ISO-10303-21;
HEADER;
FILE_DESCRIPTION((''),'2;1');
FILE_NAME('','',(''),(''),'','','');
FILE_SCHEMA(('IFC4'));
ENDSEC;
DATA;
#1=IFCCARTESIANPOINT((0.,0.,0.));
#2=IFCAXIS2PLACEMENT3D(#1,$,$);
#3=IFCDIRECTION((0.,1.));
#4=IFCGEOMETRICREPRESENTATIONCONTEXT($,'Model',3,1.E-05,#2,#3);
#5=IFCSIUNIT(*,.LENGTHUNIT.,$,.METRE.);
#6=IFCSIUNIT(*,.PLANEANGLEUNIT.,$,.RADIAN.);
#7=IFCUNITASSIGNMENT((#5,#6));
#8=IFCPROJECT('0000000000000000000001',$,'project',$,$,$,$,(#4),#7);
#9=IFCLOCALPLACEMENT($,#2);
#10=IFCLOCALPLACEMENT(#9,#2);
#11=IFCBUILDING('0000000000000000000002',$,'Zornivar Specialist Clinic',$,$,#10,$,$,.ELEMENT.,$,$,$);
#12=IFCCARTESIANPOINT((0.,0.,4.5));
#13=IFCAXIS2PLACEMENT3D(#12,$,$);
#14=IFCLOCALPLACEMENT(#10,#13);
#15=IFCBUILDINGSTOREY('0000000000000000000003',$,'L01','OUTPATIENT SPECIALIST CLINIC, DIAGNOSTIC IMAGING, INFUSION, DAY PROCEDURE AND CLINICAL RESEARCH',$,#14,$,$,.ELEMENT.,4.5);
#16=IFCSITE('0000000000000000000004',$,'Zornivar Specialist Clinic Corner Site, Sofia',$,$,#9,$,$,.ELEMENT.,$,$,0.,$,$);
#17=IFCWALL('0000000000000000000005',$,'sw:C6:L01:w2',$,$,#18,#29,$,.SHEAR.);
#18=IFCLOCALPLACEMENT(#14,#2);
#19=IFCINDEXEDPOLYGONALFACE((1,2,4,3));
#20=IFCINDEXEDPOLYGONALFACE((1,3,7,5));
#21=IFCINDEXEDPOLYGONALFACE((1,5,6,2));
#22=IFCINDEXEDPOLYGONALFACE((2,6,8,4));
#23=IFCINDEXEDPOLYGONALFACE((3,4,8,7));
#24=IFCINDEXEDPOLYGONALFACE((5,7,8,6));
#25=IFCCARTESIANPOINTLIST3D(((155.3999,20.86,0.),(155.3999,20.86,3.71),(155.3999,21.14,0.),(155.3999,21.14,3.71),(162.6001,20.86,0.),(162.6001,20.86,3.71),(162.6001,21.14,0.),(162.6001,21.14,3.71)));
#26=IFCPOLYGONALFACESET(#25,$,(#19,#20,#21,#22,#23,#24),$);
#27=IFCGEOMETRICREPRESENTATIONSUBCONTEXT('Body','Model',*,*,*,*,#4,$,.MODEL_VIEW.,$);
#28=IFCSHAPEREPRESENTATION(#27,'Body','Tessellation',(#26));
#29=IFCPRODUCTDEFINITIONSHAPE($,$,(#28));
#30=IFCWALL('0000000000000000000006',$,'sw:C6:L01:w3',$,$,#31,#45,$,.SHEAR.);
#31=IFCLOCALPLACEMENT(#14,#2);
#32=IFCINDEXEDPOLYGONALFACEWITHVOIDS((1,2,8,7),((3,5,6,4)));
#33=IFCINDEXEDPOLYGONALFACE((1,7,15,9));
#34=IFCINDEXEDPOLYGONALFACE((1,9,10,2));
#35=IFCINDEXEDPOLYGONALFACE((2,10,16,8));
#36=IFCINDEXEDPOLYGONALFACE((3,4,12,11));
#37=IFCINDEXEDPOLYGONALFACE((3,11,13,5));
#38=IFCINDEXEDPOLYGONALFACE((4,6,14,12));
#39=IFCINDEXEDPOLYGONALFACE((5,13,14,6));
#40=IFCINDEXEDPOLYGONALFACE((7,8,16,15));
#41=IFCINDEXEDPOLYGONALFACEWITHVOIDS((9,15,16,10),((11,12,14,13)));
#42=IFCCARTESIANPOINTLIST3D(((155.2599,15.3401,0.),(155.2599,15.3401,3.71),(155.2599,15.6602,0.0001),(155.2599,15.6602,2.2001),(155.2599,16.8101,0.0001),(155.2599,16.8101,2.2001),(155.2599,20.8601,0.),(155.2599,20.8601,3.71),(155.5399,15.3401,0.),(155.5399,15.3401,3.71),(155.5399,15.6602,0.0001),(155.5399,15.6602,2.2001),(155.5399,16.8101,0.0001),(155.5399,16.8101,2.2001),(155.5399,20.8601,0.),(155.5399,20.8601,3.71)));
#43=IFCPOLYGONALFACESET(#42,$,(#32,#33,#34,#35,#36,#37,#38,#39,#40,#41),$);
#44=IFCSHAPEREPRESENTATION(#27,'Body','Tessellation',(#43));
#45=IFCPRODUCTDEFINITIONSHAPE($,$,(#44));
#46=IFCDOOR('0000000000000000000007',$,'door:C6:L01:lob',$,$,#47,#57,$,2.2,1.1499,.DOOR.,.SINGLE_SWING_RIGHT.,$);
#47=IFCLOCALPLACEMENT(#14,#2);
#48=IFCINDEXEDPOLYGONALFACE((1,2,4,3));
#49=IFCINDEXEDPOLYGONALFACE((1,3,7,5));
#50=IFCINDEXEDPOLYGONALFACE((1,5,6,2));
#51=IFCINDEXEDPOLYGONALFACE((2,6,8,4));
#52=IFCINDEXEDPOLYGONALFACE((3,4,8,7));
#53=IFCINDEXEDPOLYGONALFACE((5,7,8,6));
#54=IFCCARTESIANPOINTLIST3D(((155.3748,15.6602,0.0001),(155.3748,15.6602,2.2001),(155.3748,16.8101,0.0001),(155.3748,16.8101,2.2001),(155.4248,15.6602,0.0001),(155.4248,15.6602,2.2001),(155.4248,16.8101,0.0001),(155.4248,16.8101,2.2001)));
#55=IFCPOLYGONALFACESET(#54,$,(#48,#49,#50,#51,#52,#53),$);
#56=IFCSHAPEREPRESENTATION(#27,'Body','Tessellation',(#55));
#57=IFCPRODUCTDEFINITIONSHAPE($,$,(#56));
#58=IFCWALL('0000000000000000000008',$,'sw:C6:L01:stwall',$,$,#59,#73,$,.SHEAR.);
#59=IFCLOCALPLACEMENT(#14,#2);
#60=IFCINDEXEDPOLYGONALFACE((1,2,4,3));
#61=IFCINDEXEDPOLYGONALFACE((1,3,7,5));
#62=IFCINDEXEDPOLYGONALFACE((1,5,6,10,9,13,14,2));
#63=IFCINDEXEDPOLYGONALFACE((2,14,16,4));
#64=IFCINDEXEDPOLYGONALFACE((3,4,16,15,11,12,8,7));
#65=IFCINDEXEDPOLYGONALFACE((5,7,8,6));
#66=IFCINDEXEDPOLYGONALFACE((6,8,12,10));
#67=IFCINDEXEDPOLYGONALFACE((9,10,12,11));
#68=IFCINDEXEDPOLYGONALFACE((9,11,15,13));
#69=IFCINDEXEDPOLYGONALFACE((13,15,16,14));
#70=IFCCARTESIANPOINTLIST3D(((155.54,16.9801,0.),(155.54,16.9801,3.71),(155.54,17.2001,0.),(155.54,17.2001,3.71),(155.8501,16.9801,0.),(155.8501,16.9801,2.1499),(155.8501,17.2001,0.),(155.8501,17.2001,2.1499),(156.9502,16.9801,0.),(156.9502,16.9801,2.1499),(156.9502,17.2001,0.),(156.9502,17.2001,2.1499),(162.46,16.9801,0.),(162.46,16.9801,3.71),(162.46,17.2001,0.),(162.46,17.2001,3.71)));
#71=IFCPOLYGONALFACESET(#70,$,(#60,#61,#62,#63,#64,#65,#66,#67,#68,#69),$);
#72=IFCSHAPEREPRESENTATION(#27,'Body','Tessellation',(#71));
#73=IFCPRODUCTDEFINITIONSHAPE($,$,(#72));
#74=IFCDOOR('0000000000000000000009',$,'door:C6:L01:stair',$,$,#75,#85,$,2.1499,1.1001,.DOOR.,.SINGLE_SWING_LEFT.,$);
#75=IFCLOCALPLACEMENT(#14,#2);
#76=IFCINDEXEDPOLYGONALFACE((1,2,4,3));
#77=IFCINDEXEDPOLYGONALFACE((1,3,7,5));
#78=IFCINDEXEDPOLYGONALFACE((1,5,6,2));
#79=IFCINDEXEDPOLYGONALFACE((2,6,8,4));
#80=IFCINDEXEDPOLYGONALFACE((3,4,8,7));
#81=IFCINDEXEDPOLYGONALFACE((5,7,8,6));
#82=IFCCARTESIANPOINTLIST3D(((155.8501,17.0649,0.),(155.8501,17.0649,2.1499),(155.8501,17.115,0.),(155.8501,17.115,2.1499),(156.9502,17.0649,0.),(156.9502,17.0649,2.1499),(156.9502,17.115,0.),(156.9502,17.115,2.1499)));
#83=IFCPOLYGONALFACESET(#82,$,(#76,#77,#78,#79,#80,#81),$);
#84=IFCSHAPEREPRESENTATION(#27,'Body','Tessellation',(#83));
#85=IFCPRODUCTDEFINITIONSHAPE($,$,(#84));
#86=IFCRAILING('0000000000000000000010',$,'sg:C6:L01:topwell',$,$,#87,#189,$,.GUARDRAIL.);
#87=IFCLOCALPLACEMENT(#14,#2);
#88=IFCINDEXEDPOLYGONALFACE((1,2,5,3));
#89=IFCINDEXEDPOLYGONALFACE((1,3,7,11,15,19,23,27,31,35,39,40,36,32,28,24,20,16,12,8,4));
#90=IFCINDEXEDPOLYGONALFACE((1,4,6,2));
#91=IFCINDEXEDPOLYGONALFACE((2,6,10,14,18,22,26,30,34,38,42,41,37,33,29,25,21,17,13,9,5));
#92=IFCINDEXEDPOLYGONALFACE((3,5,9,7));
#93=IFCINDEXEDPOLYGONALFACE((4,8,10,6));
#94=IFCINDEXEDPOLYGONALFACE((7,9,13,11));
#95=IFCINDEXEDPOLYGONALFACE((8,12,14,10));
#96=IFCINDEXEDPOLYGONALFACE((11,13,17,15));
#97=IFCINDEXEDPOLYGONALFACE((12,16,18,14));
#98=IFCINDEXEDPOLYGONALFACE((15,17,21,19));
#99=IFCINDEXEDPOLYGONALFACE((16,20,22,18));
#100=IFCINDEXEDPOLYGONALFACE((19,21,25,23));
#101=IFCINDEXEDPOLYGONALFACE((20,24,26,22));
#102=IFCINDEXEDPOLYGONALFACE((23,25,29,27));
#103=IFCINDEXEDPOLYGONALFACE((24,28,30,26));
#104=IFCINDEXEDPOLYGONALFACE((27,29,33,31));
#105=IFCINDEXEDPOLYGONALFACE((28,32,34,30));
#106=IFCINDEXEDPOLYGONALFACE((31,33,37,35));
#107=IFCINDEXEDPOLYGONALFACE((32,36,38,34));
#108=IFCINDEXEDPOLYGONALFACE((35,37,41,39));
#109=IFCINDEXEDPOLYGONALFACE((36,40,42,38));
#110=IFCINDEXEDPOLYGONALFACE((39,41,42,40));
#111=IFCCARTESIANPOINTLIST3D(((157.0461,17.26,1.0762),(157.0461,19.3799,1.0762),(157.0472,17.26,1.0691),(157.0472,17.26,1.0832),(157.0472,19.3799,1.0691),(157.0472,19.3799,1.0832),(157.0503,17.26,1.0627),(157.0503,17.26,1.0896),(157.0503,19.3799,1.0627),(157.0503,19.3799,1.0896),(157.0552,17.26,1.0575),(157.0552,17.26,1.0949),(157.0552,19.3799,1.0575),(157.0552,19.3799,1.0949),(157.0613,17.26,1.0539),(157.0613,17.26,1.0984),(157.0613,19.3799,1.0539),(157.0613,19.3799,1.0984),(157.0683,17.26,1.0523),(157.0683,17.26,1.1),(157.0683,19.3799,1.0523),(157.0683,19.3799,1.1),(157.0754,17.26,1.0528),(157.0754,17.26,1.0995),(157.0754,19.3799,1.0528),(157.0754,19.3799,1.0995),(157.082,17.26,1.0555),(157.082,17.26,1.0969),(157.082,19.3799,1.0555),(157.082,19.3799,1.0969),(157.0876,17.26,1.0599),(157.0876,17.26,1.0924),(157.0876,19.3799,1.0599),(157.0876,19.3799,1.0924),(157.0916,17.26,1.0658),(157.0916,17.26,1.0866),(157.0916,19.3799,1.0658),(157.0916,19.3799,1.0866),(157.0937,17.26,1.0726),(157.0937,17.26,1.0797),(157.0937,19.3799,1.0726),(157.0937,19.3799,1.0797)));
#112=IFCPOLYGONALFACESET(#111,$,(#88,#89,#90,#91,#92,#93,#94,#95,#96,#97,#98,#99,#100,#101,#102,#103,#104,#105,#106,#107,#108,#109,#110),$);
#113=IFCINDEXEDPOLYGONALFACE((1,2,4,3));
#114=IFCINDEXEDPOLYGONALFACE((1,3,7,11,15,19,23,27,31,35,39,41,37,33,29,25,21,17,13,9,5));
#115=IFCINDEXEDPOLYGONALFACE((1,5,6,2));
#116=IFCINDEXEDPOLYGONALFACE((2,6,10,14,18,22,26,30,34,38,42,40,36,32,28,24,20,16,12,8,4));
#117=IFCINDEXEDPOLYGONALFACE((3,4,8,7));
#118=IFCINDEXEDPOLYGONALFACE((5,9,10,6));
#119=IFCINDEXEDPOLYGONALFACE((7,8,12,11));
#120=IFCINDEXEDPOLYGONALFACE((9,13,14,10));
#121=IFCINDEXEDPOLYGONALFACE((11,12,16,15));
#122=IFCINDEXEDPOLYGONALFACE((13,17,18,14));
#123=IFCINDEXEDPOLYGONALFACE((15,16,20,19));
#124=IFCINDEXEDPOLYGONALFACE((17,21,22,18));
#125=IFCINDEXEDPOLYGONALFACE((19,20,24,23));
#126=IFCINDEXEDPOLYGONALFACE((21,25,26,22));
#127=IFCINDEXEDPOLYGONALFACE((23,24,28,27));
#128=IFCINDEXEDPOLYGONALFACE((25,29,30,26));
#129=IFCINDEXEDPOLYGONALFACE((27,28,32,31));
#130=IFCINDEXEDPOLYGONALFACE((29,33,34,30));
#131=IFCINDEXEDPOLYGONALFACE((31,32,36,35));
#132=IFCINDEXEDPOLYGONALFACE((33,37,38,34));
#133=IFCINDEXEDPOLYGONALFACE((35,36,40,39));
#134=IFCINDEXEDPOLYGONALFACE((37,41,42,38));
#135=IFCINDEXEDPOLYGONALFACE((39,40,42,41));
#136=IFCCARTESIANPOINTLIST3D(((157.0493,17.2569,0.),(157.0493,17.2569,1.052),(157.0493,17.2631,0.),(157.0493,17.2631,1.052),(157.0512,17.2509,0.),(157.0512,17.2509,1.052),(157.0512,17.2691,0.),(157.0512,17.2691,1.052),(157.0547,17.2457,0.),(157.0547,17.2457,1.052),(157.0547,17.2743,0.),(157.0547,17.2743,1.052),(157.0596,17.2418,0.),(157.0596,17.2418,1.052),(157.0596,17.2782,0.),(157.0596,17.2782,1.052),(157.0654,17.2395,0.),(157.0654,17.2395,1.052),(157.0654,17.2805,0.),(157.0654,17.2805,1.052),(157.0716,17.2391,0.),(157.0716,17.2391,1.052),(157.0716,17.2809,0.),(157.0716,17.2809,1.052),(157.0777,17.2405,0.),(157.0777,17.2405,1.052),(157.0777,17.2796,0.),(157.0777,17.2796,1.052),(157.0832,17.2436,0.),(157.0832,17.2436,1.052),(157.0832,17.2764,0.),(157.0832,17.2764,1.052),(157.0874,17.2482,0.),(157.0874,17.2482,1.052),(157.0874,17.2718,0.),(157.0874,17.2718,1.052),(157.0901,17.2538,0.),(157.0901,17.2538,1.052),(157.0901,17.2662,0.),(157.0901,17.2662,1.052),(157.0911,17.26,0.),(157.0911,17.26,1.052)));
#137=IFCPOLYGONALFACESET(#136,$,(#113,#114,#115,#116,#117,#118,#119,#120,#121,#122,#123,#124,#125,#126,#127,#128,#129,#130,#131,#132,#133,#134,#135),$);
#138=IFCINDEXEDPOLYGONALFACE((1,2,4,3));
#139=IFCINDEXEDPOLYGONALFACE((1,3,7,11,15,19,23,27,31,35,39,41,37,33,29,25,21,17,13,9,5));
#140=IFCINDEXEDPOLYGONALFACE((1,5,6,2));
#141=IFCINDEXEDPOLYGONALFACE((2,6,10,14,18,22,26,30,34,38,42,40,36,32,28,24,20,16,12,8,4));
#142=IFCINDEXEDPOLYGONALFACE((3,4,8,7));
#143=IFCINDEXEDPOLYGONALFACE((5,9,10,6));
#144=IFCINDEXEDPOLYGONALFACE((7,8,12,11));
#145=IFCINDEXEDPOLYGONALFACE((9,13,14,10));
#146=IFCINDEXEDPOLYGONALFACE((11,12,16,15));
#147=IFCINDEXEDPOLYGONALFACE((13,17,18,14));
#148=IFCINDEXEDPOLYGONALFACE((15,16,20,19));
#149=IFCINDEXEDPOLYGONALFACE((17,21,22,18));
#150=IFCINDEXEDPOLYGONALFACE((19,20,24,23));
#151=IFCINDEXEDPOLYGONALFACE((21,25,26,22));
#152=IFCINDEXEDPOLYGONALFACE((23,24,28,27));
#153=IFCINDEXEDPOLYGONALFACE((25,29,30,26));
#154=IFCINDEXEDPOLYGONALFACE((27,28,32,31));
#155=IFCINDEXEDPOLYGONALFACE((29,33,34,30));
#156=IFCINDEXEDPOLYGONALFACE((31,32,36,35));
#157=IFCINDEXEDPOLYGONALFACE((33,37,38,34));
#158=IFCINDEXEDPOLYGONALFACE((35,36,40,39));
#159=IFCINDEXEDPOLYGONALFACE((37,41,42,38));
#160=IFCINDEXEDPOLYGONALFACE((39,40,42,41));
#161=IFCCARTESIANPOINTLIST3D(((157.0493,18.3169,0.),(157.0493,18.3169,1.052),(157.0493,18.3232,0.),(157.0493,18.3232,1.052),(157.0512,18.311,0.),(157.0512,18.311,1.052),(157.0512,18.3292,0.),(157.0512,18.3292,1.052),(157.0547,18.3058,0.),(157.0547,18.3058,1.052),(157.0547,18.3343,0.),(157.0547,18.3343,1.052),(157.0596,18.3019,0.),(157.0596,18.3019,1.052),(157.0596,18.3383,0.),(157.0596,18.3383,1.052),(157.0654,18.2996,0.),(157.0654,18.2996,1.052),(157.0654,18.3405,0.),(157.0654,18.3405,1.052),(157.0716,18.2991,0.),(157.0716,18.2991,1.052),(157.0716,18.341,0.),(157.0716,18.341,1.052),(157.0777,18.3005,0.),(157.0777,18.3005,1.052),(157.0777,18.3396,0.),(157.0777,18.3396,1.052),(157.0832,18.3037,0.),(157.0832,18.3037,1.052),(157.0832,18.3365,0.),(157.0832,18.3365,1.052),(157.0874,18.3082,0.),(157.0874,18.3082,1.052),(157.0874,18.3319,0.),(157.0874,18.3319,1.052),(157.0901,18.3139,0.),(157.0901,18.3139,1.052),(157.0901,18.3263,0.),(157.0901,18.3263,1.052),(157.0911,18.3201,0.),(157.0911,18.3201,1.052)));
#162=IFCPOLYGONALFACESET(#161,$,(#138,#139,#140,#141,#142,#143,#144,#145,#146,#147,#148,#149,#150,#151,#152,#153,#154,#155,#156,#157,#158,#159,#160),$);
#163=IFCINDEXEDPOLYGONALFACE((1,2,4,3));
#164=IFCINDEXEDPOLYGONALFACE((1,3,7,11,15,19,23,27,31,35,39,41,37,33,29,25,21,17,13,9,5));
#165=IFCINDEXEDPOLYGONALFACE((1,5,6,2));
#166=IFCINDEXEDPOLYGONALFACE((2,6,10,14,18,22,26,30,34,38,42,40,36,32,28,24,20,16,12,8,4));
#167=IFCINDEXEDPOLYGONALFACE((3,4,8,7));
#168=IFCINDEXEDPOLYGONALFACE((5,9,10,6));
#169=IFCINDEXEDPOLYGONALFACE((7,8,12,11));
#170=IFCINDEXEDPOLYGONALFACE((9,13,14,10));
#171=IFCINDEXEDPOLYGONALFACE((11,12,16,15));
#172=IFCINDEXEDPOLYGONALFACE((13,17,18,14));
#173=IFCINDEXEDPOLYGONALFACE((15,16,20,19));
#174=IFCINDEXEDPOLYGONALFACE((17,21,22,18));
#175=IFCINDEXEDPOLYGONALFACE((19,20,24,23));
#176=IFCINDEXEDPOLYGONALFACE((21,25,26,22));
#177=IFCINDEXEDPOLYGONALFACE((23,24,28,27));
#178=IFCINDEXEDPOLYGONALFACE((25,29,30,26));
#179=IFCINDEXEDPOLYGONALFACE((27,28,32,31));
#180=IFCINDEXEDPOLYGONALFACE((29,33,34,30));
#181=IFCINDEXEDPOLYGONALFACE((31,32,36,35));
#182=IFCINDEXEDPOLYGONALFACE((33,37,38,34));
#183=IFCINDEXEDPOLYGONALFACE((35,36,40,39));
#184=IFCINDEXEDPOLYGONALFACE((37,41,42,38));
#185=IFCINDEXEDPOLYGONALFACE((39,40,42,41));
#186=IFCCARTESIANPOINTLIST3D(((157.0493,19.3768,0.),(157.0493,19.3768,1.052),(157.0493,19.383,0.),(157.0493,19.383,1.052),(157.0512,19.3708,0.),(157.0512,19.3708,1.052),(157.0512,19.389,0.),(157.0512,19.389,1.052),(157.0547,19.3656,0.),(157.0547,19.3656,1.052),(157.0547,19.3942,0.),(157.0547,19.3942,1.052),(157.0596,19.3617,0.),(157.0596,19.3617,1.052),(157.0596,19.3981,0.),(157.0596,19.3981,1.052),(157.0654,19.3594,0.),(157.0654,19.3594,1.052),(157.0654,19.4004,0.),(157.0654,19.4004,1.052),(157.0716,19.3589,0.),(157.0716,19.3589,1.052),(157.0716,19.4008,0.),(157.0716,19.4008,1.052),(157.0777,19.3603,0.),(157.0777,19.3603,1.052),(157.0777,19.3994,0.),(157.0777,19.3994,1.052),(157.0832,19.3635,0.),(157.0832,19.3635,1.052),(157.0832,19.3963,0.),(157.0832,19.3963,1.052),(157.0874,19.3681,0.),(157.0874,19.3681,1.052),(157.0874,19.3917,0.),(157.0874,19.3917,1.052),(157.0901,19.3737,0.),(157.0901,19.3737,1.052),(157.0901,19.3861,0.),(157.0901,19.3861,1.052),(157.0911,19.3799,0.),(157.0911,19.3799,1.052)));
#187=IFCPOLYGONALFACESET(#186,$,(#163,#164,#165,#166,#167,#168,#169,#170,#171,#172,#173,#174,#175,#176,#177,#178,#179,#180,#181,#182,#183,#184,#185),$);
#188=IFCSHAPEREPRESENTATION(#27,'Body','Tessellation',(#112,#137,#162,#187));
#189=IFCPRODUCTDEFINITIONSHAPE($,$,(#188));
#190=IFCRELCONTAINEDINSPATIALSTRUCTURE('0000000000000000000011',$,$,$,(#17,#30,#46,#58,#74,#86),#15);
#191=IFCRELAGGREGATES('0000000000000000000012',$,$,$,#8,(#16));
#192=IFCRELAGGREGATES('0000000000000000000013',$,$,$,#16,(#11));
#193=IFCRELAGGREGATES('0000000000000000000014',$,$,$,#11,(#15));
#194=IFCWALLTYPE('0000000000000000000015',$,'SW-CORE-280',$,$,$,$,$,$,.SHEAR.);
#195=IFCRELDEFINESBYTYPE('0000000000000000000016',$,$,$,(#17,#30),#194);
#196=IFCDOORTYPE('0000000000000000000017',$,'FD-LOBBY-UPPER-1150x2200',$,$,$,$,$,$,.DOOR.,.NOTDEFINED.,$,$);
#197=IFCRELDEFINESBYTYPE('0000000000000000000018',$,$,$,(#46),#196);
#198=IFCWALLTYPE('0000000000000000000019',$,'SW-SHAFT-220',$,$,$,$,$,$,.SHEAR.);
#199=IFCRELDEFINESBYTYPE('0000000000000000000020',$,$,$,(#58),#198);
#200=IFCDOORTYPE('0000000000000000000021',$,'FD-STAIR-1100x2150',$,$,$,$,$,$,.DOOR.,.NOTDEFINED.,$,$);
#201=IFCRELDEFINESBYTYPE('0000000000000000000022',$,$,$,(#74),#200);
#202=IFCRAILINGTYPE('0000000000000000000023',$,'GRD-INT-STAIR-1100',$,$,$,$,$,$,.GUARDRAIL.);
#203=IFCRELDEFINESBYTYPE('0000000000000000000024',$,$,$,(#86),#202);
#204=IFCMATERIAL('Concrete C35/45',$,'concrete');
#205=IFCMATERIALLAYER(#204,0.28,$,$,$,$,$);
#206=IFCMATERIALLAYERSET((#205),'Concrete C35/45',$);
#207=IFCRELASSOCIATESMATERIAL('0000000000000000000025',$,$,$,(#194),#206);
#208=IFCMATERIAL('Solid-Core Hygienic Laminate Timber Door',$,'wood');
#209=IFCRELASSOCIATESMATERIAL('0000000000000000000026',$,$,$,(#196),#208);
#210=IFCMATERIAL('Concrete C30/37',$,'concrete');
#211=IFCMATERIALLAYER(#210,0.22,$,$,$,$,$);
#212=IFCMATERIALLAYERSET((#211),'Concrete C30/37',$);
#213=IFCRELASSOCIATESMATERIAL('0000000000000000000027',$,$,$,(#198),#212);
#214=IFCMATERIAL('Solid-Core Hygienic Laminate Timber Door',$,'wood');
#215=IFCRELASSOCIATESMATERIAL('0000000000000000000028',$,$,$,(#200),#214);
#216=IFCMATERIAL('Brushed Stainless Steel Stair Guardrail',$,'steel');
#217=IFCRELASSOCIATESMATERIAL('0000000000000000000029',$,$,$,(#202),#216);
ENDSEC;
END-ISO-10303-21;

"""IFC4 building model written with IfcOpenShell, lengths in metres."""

from ifc_helpers import new_model, si_unit, direction, frame, frame_2d, origin, origin_2d, place, context, subcontext, project, spatial, rectangle, circle, extrude, material, layer, layer_set, type_object, element, fill, save


model = new_model("IFC4")

# Units and contexts
model_context = context("Model", 3, precision=1e-05, world=origin(), true_north=direction((0.0, 1.0)))
body_context = subcontext(model_context, "Body", "Model", "MODEL_VIEW")
ifc_project = project(units=[si_unit("LENGTHUNIT", "METRE"), si_unit("PLANEANGLEUNIT", "RADIAN")], contexts=[model_context])

# Site, building, storey
site_placement = place(None, origin())
site = spatial("IfcSite", under=ifc_project, at=site_placement, Name="Zornivar Specialist Clinic Corner Site, Sofia", CompositionType="ELEMENT", RefElevation=0.0)
building_placement = place(site_placement, origin())
building = spatial("IfcBuilding", under=site, at=building_placement, Name="Zornivar Specialist Clinic", CompositionType="ELEMENT")
storey_placement = place(building_placement, frame((0.0, 0.0, 4.5)))
storey = spatial("IfcBuildingStorey", under=building, at=storey_placement, Name="L01", Description="OUTPATIENT SPECIALIST CLINIC, DIAGNOSTIC IMAGING, INFUSION, DAY PROCEDURE AND CLINICAL RESEARCH", CompositionType="ELEMENT", Elevation=4.5)

# Wall
ifc_material_1 = material(Name="Concrete C35/45", Category="concrete")
ifc_layer_1 = layer(ifc_material_1, 0.28)
ifc_layer_set_1 = layer_set([ifc_layer_1], Name="Concrete C35/45")
wall_type_1 = type_object("IfcWallType", Name="SW-CORE-280", PredefinedType="SHEAR", material=ifc_layer_set_1)
wall_1_placement = place(storey_placement, frame((162.6001, 21.0, 0.0), z_axis=(0.0, 0.0, 1.0), x_axis=(-1.0, 0.0, 0.0)))
element("IfcWall", 1, at=wall_1_placement, inside=storey, type_object=wall_type_1, Name="sw:C6:L01:w2", PredefinedType="SHEAR", context=body_context, shape_type="SweptSolid", body=[
    extrude(rectangle(XDim=7.2002, YDim=0.28, at=frame_2d((3.6001, 0.0))), origin(), (0.0, 0.0, 1.0), 3.71),
])

# Walls, openings, doors
wall_2_placement = place(storey_placement, frame((155.3999, 20.8601, 0.0), z_axis=(0.0, 0.0, 1.0), x_axis=(0.0, -1.0, 0.0)))
wall_2 = element("IfcWall", 2, at=wall_2_placement, inside=storey, type_object=wall_type_1, Name="sw:C6:L01:w3", PredefinedType="SHEAR", context=body_context, shape_type="SweptSolid", body=[
    extrude(rectangle(XDim=5.52, YDim=0.28, at=frame_2d((2.76, 0.0))), origin(), (0.0, 0.0, 1.0), 3.71),
])
opening_1_placement = place(wall_2_placement, frame((4.05, 0.0, 0.0)))
opening_1 = element("IfcOpeningElement", 3, at=opening_1_placement, cuts=wall_2, PredefinedType="OPENING", context=body_context, shape_type="SweptSolid", body=[
    extrude(rectangle(XDim=1.1499, YDim=2.2, at=frame_2d((0.575, 1.1001))), frame((0.0, 0.1499, 0.0), z_axis=(0.0, -1.0, 0.0), x_axis=(1.0, 0.0, 0.0)), (0.0, 0.0, 1.0), 0.3),
])
ifc_material_2 = material(Name="Solid-Core Hygienic Laminate Timber Door", Category="wood")
door_type_1 = type_object("IfcDoorType", Name="FD-LOBBY-UPPER-1150x2200", OperationType="NOTDEFINED", PredefinedType="DOOR", material=ifc_material_2)
door_1_placement = place(opening_1_placement, origin())
door_1 = element("IfcDoor", 4, at=door_1_placement, inside=storey, type_object=door_type_1, Name="door:C6:L01:lob", OperationType="SINGLE_SWING_RIGHT", OverallHeight=2.2, OverallWidth=1.1499, PredefinedType="DOOR", context=body_context, shape_type="SweptSolid", body=[
    extrude(rectangle(XDim=1.1499, YDim=2.2, at=frame_2d((0.575, 1.1001))), frame((0.0, 0.0249, 0.0), z_axis=(0.0, -1.0, 0.0), x_axis=(1.0, 0.0, 0.0)), (0.0, 0.0, 1.0), 0.05),
])
fill(opening_1, door_1)
ifc_material_3 = material(Name="Concrete C30/37", Category="concrete")
ifc_layer_2 = layer(ifc_material_3, 0.22)
ifc_layer_set_2 = layer_set([ifc_layer_2], Name="Concrete C30/37")
wall_type_2 = type_object("IfcWallType", Name="SW-SHAFT-220", PredefinedType="SHEAR", material=ifc_layer_set_2)
wall_3_placement = place(storey_placement, frame((155.54, 17.0901, 0.0), z_axis=(0.0, 0.0, 1.0), x_axis=(1.0, 0.0, 0.0)))
wall_3 = element("IfcWall", 5, at=wall_3_placement, inside=storey, type_object=wall_type_2, Name="sw:C6:L01:stwall", PredefinedType="SHEAR", context=body_context, shape_type="SweptSolid", body=[
    extrude(rectangle(XDim=6.9199, YDim=0.22, at=frame_2d((3.46, 0.0))), origin(), (0.0, 0.0, 1.0), 3.71),
])
opening_2_placement = place(wall_3_placement, frame((0.3101, 0.0, 0.0)))
opening_2 = element("IfcOpeningElement", 6, at=opening_2_placement, cuts=wall_3, PredefinedType="OPENING", context=body_context, shape_type="SweptSolid", body=[
    extrude(rectangle(XDim=1.1001, YDim=2.1499, at=frame_2d((0.55, 1.075))), frame((0.0, 0.1199, 0.0), z_axis=(0.0, -1.0, 0.0), x_axis=(1.0, 0.0, 0.0)), (0.0, 0.0, 1.0), 0.24),
])
ifc_material_4 = material(Name="Solid-Core Hygienic Laminate Timber Door", Category="wood")
door_type_2 = type_object("IfcDoorType", Name="FD-STAIR-1100x2150", OperationType="NOTDEFINED", PredefinedType="DOOR", material=ifc_material_4)
door_2_placement = place(opening_2_placement, origin())
door_2 = element("IfcDoor", 7, at=door_2_placement, inside=storey, type_object=door_type_2, Name="door:C6:L01:stair", OperationType="SINGLE_SWING_LEFT", OverallHeight=2.1499, OverallWidth=1.1001, PredefinedType="DOOR", context=body_context, shape_type="SweptSolid", body=[
    extrude(rectangle(XDim=1.1001, YDim=2.1499, at=frame_2d((0.55, 1.075))), frame((0.0, 0.0249, 0.0), z_axis=(0.0, -1.0, 0.0), x_axis=(1.0, 0.0, 0.0)), (0.0, 0.0, 1.0), 0.05),
])
fill(opening_2, door_2)

# Railing
ifc_material_5 = material(Name="Brushed Stainless Steel Stair Guardrail", Category="steel")
railing_type = type_object("IfcRailingType", Name="GRD-INT-STAIR-1100", PredefinedType="GUARDRAIL", material=ifc_material_5)
railing_1_placement = place(storey_placement, frame((157.0701, 17.26, 0.0)))
element("IfcRailing", 8, at=railing_1_placement, inside=storey, type_object=railing_type, Name="sg:C6:L01:topwell", PredefinedType="GUARDRAIL", context=body_context, shape_type="SweptSolid", body=[
    extrude(circle(Radius=0.0239, at=origin_2d()), frame((0.0, 0.0, 1.0762), z_axis=(0.0, 1.0, 0.0), x_axis=(-1.0, 0.0, 0.0)), (0.0, 0.0, 1.0), 2.1199),
    extrude(circle(Radius=0.021, at=origin_2d()), origin(), (0.0, 0.0, 1.0), 1.052),
    extrude(circle(Radius=0.021, at=origin_2d()), frame((0.0, 1.0601, 0.0)), (0.0, 0.0, 1.0), 1.052),
    extrude(circle(Radius=0.021, at=origin_2d()), frame((0.0, 2.1199, 0.0)), (0.0, 0.0, 1.0), 1.052),
])

save(model, "model.ifc")
